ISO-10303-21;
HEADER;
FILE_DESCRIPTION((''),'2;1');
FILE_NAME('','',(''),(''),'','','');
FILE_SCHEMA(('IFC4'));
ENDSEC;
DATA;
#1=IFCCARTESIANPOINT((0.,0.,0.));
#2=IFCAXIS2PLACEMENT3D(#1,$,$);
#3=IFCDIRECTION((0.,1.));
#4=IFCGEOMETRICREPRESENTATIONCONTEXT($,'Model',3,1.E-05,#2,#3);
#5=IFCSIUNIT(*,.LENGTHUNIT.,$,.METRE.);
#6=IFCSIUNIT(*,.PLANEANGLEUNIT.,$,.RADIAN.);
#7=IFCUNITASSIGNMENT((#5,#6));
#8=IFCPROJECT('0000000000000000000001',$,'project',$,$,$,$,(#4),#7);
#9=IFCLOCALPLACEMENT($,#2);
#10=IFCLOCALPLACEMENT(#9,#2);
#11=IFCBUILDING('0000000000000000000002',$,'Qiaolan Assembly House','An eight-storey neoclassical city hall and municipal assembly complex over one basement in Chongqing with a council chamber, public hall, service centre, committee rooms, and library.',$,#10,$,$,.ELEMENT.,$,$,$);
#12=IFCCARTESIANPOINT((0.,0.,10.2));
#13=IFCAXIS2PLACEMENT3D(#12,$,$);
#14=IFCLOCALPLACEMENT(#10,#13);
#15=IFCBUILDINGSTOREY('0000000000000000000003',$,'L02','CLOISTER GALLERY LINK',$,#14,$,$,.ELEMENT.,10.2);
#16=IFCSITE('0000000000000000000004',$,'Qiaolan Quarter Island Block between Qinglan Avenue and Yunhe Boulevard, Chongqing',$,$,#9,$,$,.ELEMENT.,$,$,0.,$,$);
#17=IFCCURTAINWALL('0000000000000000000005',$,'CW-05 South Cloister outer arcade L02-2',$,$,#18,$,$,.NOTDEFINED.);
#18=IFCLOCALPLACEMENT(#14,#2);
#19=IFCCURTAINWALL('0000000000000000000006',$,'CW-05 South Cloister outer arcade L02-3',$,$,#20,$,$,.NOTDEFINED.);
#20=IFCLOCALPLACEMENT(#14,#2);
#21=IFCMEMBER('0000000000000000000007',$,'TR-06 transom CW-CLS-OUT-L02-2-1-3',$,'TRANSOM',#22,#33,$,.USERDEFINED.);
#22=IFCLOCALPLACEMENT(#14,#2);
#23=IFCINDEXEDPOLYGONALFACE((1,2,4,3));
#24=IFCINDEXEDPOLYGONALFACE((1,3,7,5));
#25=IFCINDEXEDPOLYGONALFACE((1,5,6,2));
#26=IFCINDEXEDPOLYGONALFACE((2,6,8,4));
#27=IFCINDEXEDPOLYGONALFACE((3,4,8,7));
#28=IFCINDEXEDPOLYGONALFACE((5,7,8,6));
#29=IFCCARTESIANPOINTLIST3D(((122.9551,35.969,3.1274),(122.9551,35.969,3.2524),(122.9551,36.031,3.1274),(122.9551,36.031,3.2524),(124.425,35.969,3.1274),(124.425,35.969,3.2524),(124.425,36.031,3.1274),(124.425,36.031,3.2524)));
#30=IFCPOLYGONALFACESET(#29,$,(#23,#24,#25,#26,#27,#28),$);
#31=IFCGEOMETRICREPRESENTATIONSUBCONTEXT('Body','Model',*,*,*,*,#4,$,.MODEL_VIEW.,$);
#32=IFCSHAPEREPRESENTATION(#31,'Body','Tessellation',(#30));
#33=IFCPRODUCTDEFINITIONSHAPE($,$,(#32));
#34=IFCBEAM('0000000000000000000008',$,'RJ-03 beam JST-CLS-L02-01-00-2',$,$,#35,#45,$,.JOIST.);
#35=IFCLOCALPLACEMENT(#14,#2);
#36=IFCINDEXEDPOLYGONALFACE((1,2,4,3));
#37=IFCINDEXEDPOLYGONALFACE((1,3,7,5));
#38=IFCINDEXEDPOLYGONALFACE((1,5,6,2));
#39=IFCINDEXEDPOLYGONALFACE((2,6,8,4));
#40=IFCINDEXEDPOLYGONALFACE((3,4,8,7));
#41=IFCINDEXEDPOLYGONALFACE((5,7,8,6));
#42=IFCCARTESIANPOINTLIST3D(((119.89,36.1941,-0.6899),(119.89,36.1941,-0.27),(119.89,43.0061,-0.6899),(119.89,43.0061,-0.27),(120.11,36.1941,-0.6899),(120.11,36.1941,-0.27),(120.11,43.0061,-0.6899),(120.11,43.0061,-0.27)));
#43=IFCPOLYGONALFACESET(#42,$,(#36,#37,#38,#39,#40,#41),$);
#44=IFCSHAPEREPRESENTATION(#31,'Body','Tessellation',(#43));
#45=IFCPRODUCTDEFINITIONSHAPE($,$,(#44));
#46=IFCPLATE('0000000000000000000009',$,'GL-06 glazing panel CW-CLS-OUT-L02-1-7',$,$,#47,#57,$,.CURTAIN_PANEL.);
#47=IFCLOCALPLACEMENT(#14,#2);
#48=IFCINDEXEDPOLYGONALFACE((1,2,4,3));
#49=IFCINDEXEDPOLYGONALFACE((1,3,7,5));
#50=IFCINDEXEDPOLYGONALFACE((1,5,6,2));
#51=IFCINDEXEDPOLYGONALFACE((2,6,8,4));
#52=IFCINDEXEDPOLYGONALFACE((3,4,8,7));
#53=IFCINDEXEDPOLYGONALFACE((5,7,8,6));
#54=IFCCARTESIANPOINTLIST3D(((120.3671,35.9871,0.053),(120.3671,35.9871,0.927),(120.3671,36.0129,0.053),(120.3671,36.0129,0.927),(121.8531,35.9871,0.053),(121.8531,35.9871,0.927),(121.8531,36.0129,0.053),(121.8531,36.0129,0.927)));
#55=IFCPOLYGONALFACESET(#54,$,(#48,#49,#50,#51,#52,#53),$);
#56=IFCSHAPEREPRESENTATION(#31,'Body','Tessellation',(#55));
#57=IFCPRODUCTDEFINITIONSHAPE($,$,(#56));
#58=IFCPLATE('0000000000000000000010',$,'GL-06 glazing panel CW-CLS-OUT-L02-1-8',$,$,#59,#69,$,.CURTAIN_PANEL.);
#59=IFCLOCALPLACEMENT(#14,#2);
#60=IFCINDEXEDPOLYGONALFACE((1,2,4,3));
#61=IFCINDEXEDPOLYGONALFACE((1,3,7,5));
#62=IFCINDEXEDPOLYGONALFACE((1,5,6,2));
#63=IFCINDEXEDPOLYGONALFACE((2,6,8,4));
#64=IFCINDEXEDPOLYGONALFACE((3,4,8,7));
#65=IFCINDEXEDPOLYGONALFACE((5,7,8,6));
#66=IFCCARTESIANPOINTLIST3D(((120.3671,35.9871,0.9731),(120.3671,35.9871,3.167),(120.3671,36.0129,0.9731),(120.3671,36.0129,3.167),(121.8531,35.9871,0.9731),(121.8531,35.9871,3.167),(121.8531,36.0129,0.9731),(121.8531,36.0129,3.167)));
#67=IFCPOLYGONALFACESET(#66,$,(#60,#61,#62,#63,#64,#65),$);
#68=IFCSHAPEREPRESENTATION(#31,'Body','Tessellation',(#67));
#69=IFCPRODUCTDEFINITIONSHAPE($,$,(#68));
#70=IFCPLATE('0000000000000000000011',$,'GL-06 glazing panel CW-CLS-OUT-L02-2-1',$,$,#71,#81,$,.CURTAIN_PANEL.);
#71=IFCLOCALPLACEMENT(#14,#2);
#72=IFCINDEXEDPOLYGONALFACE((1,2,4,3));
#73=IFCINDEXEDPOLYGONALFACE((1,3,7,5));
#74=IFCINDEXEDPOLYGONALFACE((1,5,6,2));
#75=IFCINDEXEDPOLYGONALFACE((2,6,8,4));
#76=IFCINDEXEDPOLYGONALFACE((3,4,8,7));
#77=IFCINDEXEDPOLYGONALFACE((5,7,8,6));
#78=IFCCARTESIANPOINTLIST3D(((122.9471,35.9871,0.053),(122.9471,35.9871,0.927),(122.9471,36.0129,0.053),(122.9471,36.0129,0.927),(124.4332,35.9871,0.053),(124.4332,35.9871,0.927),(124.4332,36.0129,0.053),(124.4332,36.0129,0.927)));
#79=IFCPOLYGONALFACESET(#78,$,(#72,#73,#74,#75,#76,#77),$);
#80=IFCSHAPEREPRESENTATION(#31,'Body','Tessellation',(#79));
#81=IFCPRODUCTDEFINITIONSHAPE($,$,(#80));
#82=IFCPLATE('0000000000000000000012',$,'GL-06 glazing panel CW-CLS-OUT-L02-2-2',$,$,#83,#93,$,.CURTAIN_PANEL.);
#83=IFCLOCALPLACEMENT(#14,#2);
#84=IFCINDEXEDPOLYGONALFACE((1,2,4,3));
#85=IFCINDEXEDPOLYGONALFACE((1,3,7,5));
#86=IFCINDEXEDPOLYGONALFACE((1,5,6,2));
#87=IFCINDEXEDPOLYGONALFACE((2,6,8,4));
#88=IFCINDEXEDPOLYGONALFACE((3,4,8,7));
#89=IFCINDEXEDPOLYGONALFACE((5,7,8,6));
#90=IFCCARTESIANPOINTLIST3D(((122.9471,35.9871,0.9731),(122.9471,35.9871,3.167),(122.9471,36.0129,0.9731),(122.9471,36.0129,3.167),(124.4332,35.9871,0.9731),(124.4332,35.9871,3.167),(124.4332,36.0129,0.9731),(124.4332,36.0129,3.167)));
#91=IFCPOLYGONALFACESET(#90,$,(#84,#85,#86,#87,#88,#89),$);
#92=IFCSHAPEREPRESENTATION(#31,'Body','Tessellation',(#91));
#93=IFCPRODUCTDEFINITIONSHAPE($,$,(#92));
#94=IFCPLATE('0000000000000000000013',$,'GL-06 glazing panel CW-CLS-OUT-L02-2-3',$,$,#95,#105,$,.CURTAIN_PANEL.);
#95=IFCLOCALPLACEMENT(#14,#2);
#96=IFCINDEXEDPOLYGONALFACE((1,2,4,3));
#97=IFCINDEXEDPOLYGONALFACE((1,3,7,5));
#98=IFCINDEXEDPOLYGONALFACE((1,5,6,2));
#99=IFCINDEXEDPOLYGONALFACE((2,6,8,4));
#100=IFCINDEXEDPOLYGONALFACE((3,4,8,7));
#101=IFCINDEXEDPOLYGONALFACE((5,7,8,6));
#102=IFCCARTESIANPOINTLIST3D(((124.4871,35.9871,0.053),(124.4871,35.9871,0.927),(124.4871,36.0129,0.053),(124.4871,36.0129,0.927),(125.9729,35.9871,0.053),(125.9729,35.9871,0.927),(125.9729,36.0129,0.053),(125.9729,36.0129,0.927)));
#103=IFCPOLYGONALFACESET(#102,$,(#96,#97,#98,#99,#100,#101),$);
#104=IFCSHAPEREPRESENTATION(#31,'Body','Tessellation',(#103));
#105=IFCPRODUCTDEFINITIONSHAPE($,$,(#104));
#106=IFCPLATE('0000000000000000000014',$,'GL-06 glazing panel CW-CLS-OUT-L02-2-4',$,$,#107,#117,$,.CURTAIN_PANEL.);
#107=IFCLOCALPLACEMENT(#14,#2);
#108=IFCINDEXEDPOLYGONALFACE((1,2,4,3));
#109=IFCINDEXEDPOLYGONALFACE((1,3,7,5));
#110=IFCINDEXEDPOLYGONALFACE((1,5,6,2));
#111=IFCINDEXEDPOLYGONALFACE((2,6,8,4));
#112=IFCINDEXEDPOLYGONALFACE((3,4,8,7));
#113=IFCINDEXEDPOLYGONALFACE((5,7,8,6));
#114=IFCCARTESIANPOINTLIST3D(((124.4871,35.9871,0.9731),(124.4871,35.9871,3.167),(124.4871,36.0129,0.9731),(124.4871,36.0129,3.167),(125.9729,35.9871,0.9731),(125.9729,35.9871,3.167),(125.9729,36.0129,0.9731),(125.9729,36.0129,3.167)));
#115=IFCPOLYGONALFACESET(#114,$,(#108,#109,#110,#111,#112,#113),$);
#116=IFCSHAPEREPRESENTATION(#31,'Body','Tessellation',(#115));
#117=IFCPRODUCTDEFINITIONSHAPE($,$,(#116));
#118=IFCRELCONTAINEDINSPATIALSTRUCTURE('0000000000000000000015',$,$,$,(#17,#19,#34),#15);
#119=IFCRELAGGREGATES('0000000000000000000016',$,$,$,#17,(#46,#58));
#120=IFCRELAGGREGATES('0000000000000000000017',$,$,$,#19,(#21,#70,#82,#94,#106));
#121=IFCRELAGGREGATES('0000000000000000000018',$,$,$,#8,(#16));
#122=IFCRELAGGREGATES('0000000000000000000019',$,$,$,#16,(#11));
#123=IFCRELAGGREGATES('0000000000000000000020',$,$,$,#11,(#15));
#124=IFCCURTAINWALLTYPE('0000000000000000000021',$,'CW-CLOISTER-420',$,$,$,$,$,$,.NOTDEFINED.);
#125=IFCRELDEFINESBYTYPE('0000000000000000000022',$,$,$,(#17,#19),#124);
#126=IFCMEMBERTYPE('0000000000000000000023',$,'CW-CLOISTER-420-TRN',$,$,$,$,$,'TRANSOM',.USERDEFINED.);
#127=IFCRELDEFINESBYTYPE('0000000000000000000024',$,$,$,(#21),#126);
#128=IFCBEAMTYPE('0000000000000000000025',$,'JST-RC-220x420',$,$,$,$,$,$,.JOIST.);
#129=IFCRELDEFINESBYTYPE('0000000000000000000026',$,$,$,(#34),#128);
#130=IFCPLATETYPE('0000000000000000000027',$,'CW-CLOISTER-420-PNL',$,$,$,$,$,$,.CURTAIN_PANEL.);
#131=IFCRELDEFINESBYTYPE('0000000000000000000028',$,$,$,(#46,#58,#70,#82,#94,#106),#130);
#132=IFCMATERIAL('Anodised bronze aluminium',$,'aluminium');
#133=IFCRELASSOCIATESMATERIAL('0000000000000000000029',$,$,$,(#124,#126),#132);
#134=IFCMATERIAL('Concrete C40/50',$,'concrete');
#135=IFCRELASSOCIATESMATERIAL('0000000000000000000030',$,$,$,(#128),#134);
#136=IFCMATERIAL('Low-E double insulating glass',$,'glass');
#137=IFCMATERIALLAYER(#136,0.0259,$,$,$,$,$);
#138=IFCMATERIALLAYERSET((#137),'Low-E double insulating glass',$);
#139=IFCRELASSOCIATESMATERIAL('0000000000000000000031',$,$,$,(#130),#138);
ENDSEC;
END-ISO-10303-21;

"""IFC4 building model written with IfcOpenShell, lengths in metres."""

from ifc_helpers import new_model, si_unit, direction, frame, frame_2d, origin, origin_2d, place, context, subcontext, project, spatial, rectangle, extrude, material, layer, layer_set, material_profile, profile_set, type_object, element, aggregate, save


model = new_model("IFC4")

# Units and contexts
model_context = context("Model", 3, precision=1e-05, world=origin(), true_north=direction((0.0, 1.0)))
body_context = subcontext(model_context, "Body", "Model", "MODEL_VIEW")
ifc_project = project(units=[si_unit("LENGTHUNIT", "METRE"), si_unit("PLANEANGLEUNIT", "RADIAN")], contexts=[model_context])

# Site, building, storey
site_placement = place(None, origin())
site = spatial("IfcSite", under=ifc_project, at=site_placement, Name="Qiaolan Quarter Island Block between Qinglan Avenue and Yunhe Boulevard, Chongqing", CompositionType="ELEMENT", RefElevation=0.0)
building_placement = place(site_placement, origin())
building = spatial("IfcBuilding", under=site, at=building_placement, Name="Qiaolan Assembly House", Description="An eight-storey neoclassical city hall and municipal assembly complex over one basement in Chongqing with a council chamber, public hall, service centre, committee rooms, and library.", CompositionType="ELEMENT")
storey_placement = place(building_placement, frame((0.0, 0.0, 10.2)))
storey = spatial("IfcBuildingStorey", under=building, at=storey_placement, Name="L02", Description="CLOISTER GALLERY LINK", CompositionType="ELEMENT", Elevation=10.2)

# Shared definitions
ifc_material_1 = material(Name="Concrete C40/50", Category="concrete")

# Curtain walls
ifc_material_2 = material(Name="Anodised bronze aluminium", Category="aluminium")
curtain_wall_type = type_object("IfcCurtainWallType", Name="CW-CLOISTER-420", PredefinedType="NOTDEFINED", material=ifc_material_2)
curtain_wall_1_placement = place(storey_placement, origin())
curtain_wall_1 = element("IfcCurtainWall", 1, at=curtain_wall_1_placement, inside=storey, type_object=curtain_wall_type, Name="CW-05 South Cloister outer arcade L02-2", PredefinedType="NOTDEFINED")
curtain_wall_2_placement = place(storey_placement, origin())
curtain_wall_2 = element("IfcCurtainWall", 2, at=curtain_wall_2_placement, inside=storey, type_object=curtain_wall_type, Name="CW-05 South Cloister outer arcade L02-3", PredefinedType="NOTDEFINED")

# Member
ifc_material_profile_1 = material_profile(ifc_material_2, rectangle(XDim=0.062, YDim=0.125, at=origin_2d()), Name="TRN 62x125")
ifc_profile_set_1 = profile_set([ifc_material_profile_1], Name="Anodised bronze aluminium")
member_type_1 = type_object("IfcMemberType", Name="CW-CLOISTER-420-TRN", ElementType="TRANSOM", PredefinedType="USERDEFINED", material=ifc_profile_set_1)
member_1_placement = place(storey_placement, frame((122.9551, 36.0, 3.1899), z_axis=(1.0, 0.0, 0.0), x_axis=(0.0, 1.0, 0.0)))
member_1 = element("IfcMember", 3, at=member_1_placement, type_object=member_type_1, Name="TR-06 transom CW-CLS-OUT-L02-2-1-3", ObjectType="TRANSOM", PredefinedType="USERDEFINED", context=body_context, shape_type="SweptSolid", body=[
    extrude(rectangle(XDim=0.062, YDim=0.125, at=origin_2d()), origin(), (0.0, 0.0, 1.0), 1.47),
])

# Beam
ifc_material_profile_2 = material_profile(ifc_material_1, rectangle(XDim=0.22, YDim=0.4199, at=origin_2d()), Name="RCB 220x420")
ifc_profile_set_2 = profile_set([ifc_material_profile_2], Name="Concrete C40/50")
beam_type_1 = type_object("IfcBeamType", Name="JST-RC-220x420", PredefinedType="JOIST", material=ifc_profile_set_2)
beam_1_placement = place(storey_placement, frame((120.0, 36.1941, -0.48), z_axis=(0.0, 1.0, 0.0), x_axis=(-1.0, 0.0, 0.0)))
element("IfcBeam", 4, at=beam_1_placement, inside=storey, type_object=beam_type_1, Name="RJ-03 beam JST-CLS-L02-01-00-2", PredefinedType="JOIST", context=body_context, shape_type="SweptSolid", body=[
    extrude(rectangle(XDim=0.22, YDim=0.4199, at=origin_2d()), origin(), (0.0, 0.0, 1.0), 6.812),
])

# Plates
ifc_material_3 = material(Name="Low-E double insulating glass", Category="glass")
ifc_layer = layer(ifc_material_3, 0.0259)
ifc_layer_set = layer_set([ifc_layer], Name="Low-E double insulating glass")
plate_type = type_object("IfcPlateType", Name="CW-CLOISTER-420-PNL", PredefinedType="CURTAIN_PANEL", material=ifc_layer_set)
plate_1_placement = place(storey_placement, frame((120.3669, 36.0, 0.053), z_axis=(0.0, 0.0, 1.0), x_axis=(1.0, 0.0, 0.0)))
plate_1 = element("IfcPlate", 5, at=plate_1_placement, type_object=plate_type, Name="GL-06 glazing panel CW-CLS-OUT-L02-1-7", PredefinedType="CURTAIN_PANEL", context=body_context, shape_type="SweptSolid", body=[
    extrude(rectangle(XDim=1.4861, YDim=0.0259, at=frame_2d((0.7432, 0.0))), origin(), (0.0, 0.0, 1.0), 0.874),
])
plate_2_placement = place(storey_placement, frame((120.3669, 36.0, 0.9731), z_axis=(0.0, 0.0, 1.0), x_axis=(1.0, 0.0, 0.0)))
plate_2 = element("IfcPlate", 6, at=plate_2_placement, type_object=plate_type, Name="GL-06 glazing panel CW-CLS-OUT-L02-1-8", PredefinedType="CURTAIN_PANEL", context=body_context, shape_type="SweptSolid", body=[
    extrude(rectangle(XDim=1.4861, YDim=0.0259, at=frame_2d((0.7432, 0.0))), origin(), (0.0, 0.0, 1.0), 2.1938),
])
aggregate(curtain_wall_1, [plate_1, plate_2])
plate_3_placement = place(storey_placement, frame((122.947, 36.0, 0.053), z_axis=(0.0, 0.0, 1.0), x_axis=(1.0, 0.0, 0.0)))
plate_3 = element("IfcPlate", 7, at=plate_3_placement, type_object=plate_type, Name="GL-06 glazing panel CW-CLS-OUT-L02-2-1", PredefinedType="CURTAIN_PANEL", context=body_context, shape_type="SweptSolid", body=[
    extrude(rectangle(XDim=1.4861, YDim=0.0259, at=frame_2d((0.7432, 0.0))), origin(), (0.0, 0.0, 1.0), 0.874),
])
plate_4_placement = place(storey_placement, frame((122.947, 36.0, 0.9731), z_axis=(0.0, 0.0, 1.0), x_axis=(1.0, 0.0, 0.0)))
plate_4 = element("IfcPlate", 8, at=plate_4_placement, type_object=plate_type, Name="GL-06 glazing panel CW-CLS-OUT-L02-2-2", PredefinedType="CURTAIN_PANEL", context=body_context, shape_type="SweptSolid", body=[
    extrude(rectangle(XDim=1.4861, YDim=0.0259, at=frame_2d((0.7432, 0.0))), origin(), (0.0, 0.0, 1.0), 2.1938),
])
plate_5_placement = place(storey_placement, frame((124.4871, 36.0, 0.053), z_axis=(0.0, 0.0, 1.0), x_axis=(1.0, 0.0, 0.0)))
plate_5 = element("IfcPlate", 9, at=plate_5_placement, type_object=plate_type, Name="GL-06 glazing panel CW-CLS-OUT-L02-2-3", PredefinedType="CURTAIN_PANEL", context=body_context, shape_type="SweptSolid", body=[
    extrude(rectangle(XDim=1.4858, YDim=0.0259, at=frame_2d((0.7429, 0.0))), origin(), (0.0, 0.0, 1.0), 0.874),
])
plate_6_placement = place(storey_placement, frame((124.4871, 36.0, 0.9731), z_axis=(0.0, 0.0, 1.0), x_axis=(1.0, 0.0, 0.0)))
plate_6 = element("IfcPlate", 10, at=plate_6_placement, type_object=plate_type, Name="GL-06 glazing panel CW-CLS-OUT-L02-2-4", PredefinedType="CURTAIN_PANEL", context=body_context, shape_type="SweptSolid", body=[
    extrude(rectangle(XDim=1.4858, YDim=0.0259, at=frame_2d((0.7429, 0.0))), origin(), (0.0, 0.0, 1.0), 2.1938),
])
aggregate(curtain_wall_2, [member_1, plate_3, plate_4, plate_5, plate_6])

save(model, "model.ifc")
